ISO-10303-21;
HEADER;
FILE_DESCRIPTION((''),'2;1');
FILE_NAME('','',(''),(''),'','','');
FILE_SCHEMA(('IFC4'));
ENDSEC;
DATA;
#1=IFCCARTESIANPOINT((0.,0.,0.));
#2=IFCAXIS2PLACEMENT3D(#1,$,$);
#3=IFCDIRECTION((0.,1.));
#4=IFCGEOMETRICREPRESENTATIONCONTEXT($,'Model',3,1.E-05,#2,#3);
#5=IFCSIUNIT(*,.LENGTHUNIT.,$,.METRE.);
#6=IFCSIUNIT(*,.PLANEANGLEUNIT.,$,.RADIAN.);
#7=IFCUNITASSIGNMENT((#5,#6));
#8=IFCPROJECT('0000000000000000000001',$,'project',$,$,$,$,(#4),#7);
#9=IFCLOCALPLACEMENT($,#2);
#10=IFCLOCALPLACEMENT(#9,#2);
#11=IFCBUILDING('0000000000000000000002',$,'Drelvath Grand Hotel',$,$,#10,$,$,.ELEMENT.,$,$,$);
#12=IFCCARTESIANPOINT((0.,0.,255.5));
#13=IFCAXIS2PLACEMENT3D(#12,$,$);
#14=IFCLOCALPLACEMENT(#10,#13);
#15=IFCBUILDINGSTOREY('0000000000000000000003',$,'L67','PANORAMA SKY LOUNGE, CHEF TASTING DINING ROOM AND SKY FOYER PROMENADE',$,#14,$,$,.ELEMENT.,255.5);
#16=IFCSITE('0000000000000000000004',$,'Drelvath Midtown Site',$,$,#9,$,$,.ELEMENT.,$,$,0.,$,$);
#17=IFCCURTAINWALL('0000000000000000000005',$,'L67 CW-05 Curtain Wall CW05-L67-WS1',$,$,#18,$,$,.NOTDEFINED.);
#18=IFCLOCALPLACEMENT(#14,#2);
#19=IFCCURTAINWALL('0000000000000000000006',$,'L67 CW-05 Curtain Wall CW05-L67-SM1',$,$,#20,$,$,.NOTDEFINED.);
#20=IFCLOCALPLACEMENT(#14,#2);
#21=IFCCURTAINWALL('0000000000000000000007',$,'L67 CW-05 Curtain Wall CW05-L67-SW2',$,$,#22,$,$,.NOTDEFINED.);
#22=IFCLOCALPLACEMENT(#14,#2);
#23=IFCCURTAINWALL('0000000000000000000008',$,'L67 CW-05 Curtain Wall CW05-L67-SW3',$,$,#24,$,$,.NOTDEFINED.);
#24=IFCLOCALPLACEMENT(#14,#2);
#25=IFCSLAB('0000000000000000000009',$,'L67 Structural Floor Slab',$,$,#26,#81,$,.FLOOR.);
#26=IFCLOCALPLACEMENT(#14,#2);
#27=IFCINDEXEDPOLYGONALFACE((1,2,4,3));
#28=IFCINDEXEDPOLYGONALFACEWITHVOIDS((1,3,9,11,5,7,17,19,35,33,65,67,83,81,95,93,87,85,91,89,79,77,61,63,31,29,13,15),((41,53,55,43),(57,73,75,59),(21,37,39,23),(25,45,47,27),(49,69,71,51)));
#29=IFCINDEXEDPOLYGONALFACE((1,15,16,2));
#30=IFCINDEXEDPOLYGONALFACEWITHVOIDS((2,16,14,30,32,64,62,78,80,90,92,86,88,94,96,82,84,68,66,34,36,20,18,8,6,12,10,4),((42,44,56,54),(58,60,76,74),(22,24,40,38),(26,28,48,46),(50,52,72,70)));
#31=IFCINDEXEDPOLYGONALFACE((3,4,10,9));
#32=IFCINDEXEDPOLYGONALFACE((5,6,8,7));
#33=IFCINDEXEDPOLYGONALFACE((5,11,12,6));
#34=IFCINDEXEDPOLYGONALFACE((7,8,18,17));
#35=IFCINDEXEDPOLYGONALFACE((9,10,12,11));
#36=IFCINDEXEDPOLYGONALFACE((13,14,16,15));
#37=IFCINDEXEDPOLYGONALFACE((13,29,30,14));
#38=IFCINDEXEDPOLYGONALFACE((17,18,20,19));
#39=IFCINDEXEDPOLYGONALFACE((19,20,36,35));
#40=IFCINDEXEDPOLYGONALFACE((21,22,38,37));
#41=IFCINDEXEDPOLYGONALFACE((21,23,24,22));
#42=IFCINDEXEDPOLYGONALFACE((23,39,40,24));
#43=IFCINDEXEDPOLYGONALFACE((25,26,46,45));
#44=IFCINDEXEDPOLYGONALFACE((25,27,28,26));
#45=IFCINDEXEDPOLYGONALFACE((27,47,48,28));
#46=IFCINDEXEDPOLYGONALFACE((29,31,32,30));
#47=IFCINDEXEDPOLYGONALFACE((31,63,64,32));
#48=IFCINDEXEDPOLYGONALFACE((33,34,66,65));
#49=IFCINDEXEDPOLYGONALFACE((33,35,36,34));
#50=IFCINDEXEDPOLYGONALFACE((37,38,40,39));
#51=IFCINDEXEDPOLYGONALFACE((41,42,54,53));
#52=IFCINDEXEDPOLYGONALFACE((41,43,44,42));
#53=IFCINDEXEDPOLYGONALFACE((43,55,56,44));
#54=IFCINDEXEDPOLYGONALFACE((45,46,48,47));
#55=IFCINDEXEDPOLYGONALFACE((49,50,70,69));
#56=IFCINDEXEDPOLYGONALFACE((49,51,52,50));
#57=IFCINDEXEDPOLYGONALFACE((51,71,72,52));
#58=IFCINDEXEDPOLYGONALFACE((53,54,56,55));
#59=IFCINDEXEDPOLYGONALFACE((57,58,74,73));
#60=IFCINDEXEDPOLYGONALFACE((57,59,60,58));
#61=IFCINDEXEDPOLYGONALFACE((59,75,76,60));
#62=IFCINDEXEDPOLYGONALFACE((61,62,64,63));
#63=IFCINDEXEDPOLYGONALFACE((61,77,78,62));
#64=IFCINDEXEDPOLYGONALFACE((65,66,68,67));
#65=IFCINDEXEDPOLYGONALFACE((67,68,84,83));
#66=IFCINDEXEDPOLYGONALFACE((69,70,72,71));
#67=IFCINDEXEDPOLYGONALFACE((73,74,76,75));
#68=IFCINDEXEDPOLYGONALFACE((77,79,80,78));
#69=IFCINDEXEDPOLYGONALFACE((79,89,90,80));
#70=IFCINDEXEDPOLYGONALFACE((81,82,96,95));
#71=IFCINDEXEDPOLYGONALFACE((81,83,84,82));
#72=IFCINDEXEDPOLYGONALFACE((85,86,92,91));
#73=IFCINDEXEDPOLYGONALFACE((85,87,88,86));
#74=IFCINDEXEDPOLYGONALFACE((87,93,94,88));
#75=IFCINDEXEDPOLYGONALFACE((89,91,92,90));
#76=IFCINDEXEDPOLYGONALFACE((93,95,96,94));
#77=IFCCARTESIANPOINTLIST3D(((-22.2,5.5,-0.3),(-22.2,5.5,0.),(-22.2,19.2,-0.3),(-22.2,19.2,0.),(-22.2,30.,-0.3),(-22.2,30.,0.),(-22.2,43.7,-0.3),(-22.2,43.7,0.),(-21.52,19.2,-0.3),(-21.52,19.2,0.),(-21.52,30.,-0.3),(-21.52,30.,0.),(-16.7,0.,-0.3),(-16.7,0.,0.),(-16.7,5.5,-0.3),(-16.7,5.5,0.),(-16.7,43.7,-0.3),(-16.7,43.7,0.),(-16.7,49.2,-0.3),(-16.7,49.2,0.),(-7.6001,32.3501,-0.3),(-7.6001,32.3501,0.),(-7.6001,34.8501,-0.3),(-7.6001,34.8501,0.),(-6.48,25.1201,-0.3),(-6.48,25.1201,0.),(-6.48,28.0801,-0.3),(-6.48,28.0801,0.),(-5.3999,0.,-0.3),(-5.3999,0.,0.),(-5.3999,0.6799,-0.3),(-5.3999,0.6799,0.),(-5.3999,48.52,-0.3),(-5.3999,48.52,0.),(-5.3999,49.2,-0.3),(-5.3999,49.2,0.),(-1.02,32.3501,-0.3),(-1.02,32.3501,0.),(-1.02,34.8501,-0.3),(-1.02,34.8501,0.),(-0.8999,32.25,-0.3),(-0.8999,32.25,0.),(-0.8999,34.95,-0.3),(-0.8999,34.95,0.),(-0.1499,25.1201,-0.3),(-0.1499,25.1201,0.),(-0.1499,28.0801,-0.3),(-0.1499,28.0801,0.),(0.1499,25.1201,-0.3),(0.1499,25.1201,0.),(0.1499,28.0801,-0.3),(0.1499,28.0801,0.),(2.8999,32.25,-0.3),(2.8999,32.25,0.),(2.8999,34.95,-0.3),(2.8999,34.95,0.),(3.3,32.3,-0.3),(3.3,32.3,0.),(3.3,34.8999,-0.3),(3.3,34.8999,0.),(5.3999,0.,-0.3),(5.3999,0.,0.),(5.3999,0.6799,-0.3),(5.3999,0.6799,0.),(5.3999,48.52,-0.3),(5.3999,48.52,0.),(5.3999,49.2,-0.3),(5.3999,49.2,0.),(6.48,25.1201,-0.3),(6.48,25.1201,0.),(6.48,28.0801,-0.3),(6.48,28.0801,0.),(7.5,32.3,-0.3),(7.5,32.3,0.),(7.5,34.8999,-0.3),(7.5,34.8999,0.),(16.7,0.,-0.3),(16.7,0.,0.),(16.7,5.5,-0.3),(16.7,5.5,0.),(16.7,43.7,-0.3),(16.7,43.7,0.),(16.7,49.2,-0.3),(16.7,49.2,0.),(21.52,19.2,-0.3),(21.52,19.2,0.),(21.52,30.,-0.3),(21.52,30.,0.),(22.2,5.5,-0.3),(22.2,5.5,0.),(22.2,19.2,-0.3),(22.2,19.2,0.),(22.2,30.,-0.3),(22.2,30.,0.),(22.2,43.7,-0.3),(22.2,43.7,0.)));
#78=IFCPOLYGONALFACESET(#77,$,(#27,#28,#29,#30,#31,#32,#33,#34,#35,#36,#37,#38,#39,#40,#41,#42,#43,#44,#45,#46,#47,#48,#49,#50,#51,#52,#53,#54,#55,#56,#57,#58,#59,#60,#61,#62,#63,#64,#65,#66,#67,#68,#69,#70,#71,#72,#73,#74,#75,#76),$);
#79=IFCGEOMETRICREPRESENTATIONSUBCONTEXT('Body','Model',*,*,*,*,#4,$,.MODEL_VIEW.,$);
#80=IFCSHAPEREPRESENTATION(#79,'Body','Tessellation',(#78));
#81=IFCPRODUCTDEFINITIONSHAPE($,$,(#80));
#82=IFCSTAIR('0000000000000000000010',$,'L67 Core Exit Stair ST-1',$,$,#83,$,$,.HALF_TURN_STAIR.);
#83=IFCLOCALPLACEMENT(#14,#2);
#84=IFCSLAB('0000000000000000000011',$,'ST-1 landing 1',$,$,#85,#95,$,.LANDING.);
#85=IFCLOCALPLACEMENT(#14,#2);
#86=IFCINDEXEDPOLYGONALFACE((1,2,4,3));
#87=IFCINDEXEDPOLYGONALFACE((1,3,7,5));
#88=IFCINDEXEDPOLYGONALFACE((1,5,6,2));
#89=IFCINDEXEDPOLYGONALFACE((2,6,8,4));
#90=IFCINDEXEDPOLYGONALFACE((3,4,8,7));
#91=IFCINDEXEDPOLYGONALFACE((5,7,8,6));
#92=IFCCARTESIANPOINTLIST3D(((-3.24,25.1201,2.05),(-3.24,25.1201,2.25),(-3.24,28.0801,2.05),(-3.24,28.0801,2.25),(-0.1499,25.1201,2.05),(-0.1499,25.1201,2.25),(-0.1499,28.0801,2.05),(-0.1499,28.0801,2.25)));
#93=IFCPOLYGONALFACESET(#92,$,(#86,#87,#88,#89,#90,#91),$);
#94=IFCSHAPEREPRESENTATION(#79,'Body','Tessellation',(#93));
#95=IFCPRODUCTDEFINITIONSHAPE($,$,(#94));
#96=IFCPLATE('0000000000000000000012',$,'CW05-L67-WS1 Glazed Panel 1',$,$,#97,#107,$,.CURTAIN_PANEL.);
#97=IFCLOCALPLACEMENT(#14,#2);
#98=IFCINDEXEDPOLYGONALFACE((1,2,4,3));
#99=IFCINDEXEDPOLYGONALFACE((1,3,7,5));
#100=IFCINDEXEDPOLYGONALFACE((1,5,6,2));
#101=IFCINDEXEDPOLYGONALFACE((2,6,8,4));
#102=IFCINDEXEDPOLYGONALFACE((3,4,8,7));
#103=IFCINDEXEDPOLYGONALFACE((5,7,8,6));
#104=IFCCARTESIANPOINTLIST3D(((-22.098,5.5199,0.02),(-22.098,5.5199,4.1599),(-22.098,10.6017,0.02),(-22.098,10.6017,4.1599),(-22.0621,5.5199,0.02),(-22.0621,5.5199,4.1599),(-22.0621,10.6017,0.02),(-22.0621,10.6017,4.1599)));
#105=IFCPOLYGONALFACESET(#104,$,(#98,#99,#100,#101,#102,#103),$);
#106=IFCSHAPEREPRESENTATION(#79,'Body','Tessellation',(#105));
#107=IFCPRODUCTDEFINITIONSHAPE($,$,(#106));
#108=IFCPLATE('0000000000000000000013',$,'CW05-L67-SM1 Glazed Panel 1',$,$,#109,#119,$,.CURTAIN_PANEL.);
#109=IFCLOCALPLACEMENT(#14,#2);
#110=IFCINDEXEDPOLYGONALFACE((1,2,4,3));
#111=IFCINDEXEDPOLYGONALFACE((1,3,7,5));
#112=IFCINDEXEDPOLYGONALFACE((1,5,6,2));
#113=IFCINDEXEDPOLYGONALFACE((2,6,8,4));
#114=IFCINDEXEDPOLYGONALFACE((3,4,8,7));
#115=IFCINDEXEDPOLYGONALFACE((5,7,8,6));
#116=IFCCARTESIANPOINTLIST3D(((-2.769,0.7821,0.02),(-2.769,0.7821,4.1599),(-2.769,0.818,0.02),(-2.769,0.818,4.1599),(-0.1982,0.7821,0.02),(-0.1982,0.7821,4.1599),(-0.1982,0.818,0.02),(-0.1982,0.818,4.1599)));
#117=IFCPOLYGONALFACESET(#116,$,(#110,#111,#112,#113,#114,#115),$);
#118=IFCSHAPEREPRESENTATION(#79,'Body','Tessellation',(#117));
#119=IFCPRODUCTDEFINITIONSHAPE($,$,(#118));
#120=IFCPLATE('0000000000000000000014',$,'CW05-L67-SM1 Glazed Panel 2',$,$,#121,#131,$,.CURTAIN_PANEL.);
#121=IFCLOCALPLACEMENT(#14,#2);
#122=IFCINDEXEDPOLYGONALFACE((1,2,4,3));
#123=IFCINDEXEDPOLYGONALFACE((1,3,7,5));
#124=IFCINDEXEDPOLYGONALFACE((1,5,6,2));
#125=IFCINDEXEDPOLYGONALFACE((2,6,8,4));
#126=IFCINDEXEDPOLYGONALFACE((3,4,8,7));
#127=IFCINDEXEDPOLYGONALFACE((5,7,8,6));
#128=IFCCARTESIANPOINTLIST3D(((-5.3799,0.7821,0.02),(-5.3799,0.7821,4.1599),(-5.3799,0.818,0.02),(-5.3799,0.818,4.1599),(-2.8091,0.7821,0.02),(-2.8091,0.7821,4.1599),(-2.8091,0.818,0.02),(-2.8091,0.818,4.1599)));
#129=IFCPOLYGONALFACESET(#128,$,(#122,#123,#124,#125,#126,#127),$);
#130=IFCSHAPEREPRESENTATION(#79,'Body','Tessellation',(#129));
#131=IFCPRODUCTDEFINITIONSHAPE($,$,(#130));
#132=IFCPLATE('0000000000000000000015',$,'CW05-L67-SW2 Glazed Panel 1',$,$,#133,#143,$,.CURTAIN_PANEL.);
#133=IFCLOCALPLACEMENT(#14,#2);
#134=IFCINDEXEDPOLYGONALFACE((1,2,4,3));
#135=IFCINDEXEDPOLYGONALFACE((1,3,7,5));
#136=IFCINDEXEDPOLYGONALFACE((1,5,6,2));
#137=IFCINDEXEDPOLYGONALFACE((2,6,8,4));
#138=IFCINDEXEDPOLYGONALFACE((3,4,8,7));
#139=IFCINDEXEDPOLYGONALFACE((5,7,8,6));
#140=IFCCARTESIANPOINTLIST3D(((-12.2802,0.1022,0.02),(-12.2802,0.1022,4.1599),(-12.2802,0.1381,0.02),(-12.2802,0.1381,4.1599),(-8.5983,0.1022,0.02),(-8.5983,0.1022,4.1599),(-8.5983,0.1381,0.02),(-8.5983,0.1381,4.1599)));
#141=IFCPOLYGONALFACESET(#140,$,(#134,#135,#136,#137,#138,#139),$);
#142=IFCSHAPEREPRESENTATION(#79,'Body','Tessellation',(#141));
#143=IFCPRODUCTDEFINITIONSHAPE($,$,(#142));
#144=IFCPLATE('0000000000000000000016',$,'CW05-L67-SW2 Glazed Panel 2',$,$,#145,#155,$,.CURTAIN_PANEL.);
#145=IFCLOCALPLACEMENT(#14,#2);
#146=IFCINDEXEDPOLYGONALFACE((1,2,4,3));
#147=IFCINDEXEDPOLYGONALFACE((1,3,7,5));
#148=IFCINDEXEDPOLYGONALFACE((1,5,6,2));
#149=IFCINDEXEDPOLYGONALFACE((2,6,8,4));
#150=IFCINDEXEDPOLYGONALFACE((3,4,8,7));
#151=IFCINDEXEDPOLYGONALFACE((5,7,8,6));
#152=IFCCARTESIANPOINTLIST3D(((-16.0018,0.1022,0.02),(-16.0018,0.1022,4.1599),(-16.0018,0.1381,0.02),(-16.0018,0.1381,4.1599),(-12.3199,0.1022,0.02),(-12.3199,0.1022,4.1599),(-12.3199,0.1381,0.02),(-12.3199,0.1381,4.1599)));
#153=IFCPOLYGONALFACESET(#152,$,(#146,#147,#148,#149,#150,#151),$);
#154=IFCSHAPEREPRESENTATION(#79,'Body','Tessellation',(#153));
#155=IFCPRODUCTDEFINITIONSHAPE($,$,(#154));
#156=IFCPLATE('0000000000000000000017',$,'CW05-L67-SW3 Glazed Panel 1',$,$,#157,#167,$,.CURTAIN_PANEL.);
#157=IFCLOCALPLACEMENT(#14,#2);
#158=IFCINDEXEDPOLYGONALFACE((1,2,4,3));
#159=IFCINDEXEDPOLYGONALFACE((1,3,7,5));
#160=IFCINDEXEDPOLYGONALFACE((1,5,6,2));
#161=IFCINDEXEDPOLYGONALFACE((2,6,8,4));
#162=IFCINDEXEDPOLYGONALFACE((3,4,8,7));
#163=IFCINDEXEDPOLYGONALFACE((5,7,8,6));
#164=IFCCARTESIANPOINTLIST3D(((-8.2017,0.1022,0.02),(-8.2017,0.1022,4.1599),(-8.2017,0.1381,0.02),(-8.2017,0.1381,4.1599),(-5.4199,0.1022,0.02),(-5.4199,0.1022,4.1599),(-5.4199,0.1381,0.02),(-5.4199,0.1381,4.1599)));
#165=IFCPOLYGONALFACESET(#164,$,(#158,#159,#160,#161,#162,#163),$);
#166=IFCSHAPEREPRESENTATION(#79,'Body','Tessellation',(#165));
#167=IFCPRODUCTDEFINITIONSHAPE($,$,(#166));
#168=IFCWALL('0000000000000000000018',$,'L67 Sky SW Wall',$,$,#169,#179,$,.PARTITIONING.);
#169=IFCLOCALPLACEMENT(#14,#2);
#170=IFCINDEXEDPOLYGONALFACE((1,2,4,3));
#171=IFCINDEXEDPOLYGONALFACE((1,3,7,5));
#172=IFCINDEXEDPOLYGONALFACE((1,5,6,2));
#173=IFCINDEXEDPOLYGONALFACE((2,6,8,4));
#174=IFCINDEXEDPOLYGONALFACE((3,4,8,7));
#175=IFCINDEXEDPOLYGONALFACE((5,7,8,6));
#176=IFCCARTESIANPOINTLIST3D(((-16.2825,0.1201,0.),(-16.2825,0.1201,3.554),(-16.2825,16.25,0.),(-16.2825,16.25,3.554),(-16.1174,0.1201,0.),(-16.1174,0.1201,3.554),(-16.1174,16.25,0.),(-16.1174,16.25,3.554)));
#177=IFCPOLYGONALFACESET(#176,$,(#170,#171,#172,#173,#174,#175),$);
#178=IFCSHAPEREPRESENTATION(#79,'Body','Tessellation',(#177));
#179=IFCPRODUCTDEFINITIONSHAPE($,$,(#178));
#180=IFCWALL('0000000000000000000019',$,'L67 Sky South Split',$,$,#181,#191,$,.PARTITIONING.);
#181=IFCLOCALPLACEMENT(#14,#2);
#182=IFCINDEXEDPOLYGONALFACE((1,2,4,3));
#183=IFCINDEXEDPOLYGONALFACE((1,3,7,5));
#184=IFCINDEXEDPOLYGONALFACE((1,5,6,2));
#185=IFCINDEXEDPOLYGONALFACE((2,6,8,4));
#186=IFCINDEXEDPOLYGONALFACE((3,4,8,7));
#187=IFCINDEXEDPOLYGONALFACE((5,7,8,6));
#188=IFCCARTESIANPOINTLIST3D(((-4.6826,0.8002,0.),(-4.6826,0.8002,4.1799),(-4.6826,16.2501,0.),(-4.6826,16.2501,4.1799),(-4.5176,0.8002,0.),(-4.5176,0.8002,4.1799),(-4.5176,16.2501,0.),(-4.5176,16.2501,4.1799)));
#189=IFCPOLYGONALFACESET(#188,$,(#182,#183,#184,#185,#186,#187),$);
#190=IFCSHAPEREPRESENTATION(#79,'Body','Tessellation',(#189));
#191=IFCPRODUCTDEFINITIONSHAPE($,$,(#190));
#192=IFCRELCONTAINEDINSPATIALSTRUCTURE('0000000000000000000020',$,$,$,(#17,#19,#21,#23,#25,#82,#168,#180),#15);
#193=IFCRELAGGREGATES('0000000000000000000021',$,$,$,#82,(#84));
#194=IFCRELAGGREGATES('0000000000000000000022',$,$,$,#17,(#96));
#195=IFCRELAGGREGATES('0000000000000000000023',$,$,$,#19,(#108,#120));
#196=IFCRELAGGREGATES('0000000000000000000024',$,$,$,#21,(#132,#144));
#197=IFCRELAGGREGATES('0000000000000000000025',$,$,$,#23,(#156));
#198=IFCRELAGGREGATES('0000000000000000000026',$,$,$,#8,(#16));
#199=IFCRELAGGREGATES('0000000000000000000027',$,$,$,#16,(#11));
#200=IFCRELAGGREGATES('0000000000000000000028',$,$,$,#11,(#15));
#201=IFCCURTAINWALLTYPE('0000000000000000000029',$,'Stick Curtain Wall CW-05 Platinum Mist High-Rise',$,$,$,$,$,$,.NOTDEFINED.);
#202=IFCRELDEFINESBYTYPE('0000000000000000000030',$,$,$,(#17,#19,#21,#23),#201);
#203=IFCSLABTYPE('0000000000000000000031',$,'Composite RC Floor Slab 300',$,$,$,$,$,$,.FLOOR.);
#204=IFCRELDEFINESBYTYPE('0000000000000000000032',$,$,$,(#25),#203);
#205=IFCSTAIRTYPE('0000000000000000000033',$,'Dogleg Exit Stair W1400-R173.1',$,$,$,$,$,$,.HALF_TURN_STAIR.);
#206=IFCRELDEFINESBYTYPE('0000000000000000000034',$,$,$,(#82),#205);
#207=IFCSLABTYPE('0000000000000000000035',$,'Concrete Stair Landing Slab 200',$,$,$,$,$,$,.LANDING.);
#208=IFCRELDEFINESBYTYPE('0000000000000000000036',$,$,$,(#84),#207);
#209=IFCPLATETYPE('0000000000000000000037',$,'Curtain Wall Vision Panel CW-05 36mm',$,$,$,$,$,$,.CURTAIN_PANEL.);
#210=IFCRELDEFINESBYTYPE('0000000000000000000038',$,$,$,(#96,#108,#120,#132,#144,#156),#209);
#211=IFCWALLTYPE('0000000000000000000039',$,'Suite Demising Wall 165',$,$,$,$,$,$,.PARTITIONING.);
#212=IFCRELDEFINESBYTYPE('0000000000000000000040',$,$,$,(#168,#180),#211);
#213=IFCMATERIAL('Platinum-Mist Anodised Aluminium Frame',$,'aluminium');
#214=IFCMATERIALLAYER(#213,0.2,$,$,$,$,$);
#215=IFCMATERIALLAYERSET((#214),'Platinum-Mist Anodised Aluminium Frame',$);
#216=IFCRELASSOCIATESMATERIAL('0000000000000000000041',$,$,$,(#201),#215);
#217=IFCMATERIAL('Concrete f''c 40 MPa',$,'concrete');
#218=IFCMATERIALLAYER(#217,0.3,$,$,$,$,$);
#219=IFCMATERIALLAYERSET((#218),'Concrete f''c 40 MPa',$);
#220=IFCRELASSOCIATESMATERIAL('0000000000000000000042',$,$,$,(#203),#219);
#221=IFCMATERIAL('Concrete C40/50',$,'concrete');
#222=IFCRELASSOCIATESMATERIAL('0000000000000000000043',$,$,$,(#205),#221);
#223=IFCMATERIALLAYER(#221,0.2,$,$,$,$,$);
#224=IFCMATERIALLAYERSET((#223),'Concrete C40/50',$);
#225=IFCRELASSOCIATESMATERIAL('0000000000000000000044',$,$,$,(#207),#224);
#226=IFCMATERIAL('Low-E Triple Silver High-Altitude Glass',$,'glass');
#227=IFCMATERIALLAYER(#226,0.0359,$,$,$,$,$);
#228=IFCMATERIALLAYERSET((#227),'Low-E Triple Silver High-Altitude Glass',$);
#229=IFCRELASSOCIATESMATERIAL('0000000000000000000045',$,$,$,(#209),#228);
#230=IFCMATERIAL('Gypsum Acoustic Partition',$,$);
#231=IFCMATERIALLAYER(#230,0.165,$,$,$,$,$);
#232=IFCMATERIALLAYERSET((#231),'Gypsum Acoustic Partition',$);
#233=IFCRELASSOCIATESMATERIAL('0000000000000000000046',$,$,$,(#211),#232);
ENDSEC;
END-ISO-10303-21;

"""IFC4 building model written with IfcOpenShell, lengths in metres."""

from ifc_helpers import new_model, si_unit, direction, frame, frame_2d, origin, origin_2d, place, context, subcontext, project, spatial, polyline, rectangle, outline, extrude, material, layer, layer_set, type_object, element, aggregate, save


model = new_model("IFC4")

# Units and contexts
model_context = context("Model", 3, precision=1e-05, world=origin(), true_north=direction((0.0, 1.0)))
body_context = subcontext(model_context, "Body", "Model", "MODEL_VIEW")
ifc_project = project(units=[si_unit("LENGTHUNIT", "METRE"), si_unit("PLANEANGLEUNIT", "RADIAN")], contexts=[model_context])

# Site, building, storey
site_placement = place(None, origin())
site = spatial("IfcSite", under=ifc_project, at=site_placement, Name="Drelvath Midtown Site", CompositionType="ELEMENT", RefElevation=0.0)
building_placement = place(site_placement, origin())
building = spatial("IfcBuilding", under=site, at=building_placement, Name="Drelvath Grand Hotel", CompositionType="ELEMENT")
storey_placement = place(building_placement, frame((0.0, 0.0, 255.5)))
storey = spatial("IfcBuildingStorey", under=building, at=storey_placement, Name="L67", Description="PANORAMA SKY LOUNGE, CHEF TASTING DINING ROOM AND SKY FOYER PROMENADE", CompositionType="ELEMENT", Elevation=255.5)

# Curtain walls
ifc_material_1 = material(Name="Platinum-Mist Anodised Aluminium Frame", Category="aluminium")
ifc_layer_1 = layer(ifc_material_1, 0.2)
ifc_layer_set_1 = layer_set([ifc_layer_1], Name="Platinum-Mist Anodised Aluminium Frame")
curtain_wall_type = type_object("IfcCurtainWallType", Name="Stick Curtain Wall CW-05 Platinum Mist High-Rise", PredefinedType="NOTDEFINED", material=ifc_layer_set_1)
curtain_wall_1_placement = place(storey_placement, origin())
curtain_wall_1 = element("IfcCurtainWall", 1, at=curtain_wall_1_placement, inside=storey, type_object=curtain_wall_type, Name="L67 CW-05 Curtain Wall CW05-L67-WS1", PredefinedType="NOTDEFINED")
curtain_wall_2_placement = place(storey_placement, origin())
curtain_wall_2 = element("IfcCurtainWall", 2, at=curtain_wall_2_placement, inside=storey, type_object=curtain_wall_type, Name="L67 CW-05 Curtain Wall CW05-L67-SM1", PredefinedType="NOTDEFINED")
curtain_wall_3_placement = place(storey_placement, origin())
curtain_wall_3 = element("IfcCurtainWall", 3, at=curtain_wall_3_placement, inside=storey, type_object=curtain_wall_type, Name="L67 CW-05 Curtain Wall CW05-L67-SW2", PredefinedType="NOTDEFINED")
curtain_wall_4_placement = place(storey_placement, origin())
curtain_wall_4 = element("IfcCurtainWall", 4, at=curtain_wall_4_placement, inside=storey, type_object=curtain_wall_type, Name="L67 CW-05 Curtain Wall CW05-L67-SW3", PredefinedType="NOTDEFINED")

# Slab
ifc_material_2 = material(Name="Concrete f'c 40 MPa", Category="concrete")
ifc_layer_2 = layer(ifc_material_2, 0.3)
ifc_layer_set_2 = layer_set([ifc_layer_2], Name="Concrete f'c 40 MPa")
slab_type_1 = type_object("IfcSlabType", Name="Composite RC Floor Slab 300", PredefinedType="FLOOR", material=ifc_layer_set_2)
slab_1_placement = place(storey_placement, frame((0.0, 0.0, -0.3)))
element("IfcSlab", 5, at=slab_1_placement, inside=storey, type_object=slab_type_1, Name="L67 Structural Floor Slab", PredefinedType="FLOOR", context=body_context, shape_type="SweptSolid", body=[
    extrude(outline(polyline([(-16.7, 0.0), (-5.3999, 0.0), (-5.3999, 0.6799), (5.3999, 0.6799), (5.3999, 0.0), (16.7, 0.0), (16.7, 5.5), (22.2, 5.5), (22.2, 19.2), (21.52, 19.2), (21.52, 30.0), (22.2, 30.0), (22.2, 43.7), (16.7, 43.7), (16.7, 49.2), (5.3999, 49.2), (5.3999, 48.52), (-5.3999, 48.52), (-5.3999, 49.2), (-16.7, 49.2), (-16.7, 43.7), (-22.2, 43.7), (-22.2, 30.0), (-21.52, 30.0), (-21.52, 19.2), (-22.2, 19.2), (-22.2, 5.5), (-16.7, 5.5), (-16.7, 0.0)]), holes=[polyline([(-6.48, 25.1201), (-6.48, 28.0801), (-0.1499, 28.0801), (-0.1499, 25.1201), (-6.48, 25.1201)]), polyline([(0.1499, 25.1201), (0.1499, 28.0801), (6.48, 28.0801), (6.48, 25.1201), (0.1499, 25.1201)]), polyline([(-7.6001, 32.3501), (-7.6001, 34.8501), (-1.02, 34.8501), (-1.02, 32.3501), (-7.6001, 32.3501)]), polyline([(-0.8999, 32.25), (-0.8999, 34.95), (2.8999, 34.95), (2.8999, 32.25), (-0.8999, 32.25)]), polyline([(3.3, 32.3), (3.3, 34.8999), (7.5, 34.8999), (7.5, 32.3), (3.3, 32.3)])]), origin(), (0.0, 0.0, 1.0), 0.3),
])

# Stair, slab
ifc_material_3 = material(Name="Concrete C40/50", Category="concrete")
stair_type = type_object("IfcStairType", Name="Dogleg Exit Stair W1400-R173.1", PredefinedType="HALF_TURN_STAIR", material=ifc_material_3)
stair_placement = place(storey_placement, origin())
stair = element("IfcStair", 6, at=stair_placement, inside=storey, type_object=stair_type, Name="L67 Core Exit Stair ST-1", PredefinedType="HALF_TURN_STAIR")
ifc_layer_3 = layer(ifc_material_3, 0.2)
ifc_layer_set_3 = layer_set([ifc_layer_3], Name="Concrete C40/50")
slab_type_2 = type_object("IfcSlabType", Name="Concrete Stair Landing Slab 200", PredefinedType="LANDING", material=ifc_layer_set_3)
slab_2_placement = place(storey_placement, frame((0.0, 0.0, 2.05)))
slab_2 = element("IfcSlab", 7, at=slab_2_placement, type_object=slab_type_2, Name="ST-1 landing 1", PredefinedType="LANDING", context=body_context, shape_type="SweptSolid", body=[
    extrude(outline(polyline([(-3.24, 25.1201), (-0.1499, 25.1201), (-0.1499, 28.0801), (-3.24, 28.0801), (-3.24, 25.1201)])), origin(), (0.0, 0.0, 1.0), 0.2),
])
aggregate(stair, [slab_2])

# Plates
ifc_material_4 = material(Name="Low-E Triple Silver High-Altitude Glass", Category="glass")
ifc_layer_4 = layer(ifc_material_4, 0.0359)
ifc_layer_set_4 = layer_set([ifc_layer_4], Name="Low-E Triple Silver High-Altitude Glass")
plate_type = type_object("IfcPlateType", Name="Curtain Wall Vision Panel CW-05 36mm", PredefinedType="CURTAIN_PANEL", material=ifc_layer_set_4)
plate_1_placement = place(storey_placement, frame((-22.0801, 8.0608, 0.02), z_axis=(0.0, 0.0, 1.0), x_axis=(0.0, 1.0, 0.0)))
plate_1 = element("IfcPlate", 8, at=plate_1_placement, type_object=plate_type, Name="CW05-L67-WS1 Glazed Panel 1", PredefinedType="CURTAIN_PANEL", context=body_context, shape_type="SweptSolid", body=[
    extrude(rectangle(XDim=5.0818, YDim=0.0359, at=origin_2d()), origin(), (0.0, 0.0, 1.0), 4.1399),
])
aggregate(curtain_wall_1, [plate_1])
plate_2_placement = place(storey_placement, frame((-1.4836, 0.8, 0.02), z_axis=(0.0, 0.0, 1.0), x_axis=(-1.0, 0.0, 0.0)))
plate_2 = element("IfcPlate", 9, at=plate_2_placement, type_object=plate_type, Name="CW05-L67-SM1 Glazed Panel 1", PredefinedType="CURTAIN_PANEL", context=body_context, shape_type="SweptSolid", body=[
    extrude(rectangle(XDim=2.5708, YDim=0.0359, at=origin_2d()), origin(), (0.0, 0.0, 1.0), 4.1399),
])
plate_3_placement = place(storey_placement, frame((-4.0945, 0.8, 0.02), z_axis=(0.0, 0.0, 1.0), x_axis=(-1.0, 0.0, 0.0)))
plate_3 = element("IfcPlate", 10, at=plate_3_placement, type_object=plate_type, Name="CW05-L67-SM1 Glazed Panel 2", PredefinedType="CURTAIN_PANEL", context=body_context, shape_type="SweptSolid", body=[
    extrude(rectangle(XDim=2.5708, YDim=0.0359, at=origin_2d()), origin(), (0.0, 0.0, 1.0), 4.1399),
])
aggregate(curtain_wall_2, [plate_2, plate_3])
plate_4_placement = place(storey_placement, frame((-10.4392, 0.1201, 0.02), z_axis=(0.0, 0.0, 1.0), x_axis=(-1.0, 0.0, 0.0)))
plate_4 = element("IfcPlate", 11, at=plate_4_placement, type_object=plate_type, Name="CW05-L67-SW2 Glazed Panel 1", PredefinedType="CURTAIN_PANEL", context=body_context, shape_type="SweptSolid", body=[
    extrude(rectangle(XDim=3.6819, YDim=0.0359, at=origin_2d()), origin(), (0.0, 0.0, 1.0), 4.1399),
])
plate_5_placement = place(storey_placement, frame((-14.1609, 0.1201, 0.02), z_axis=(0.0, 0.0, 1.0), x_axis=(-1.0, 0.0, 0.0)))
plate_5 = element("IfcPlate", 12, at=plate_5_placement, type_object=plate_type, Name="CW05-L67-SW2 Glazed Panel 2", PredefinedType="CURTAIN_PANEL", context=body_context, shape_type="SweptSolid", body=[
    extrude(rectangle(XDim=3.6819, YDim=0.0359, at=origin_2d()), origin(), (0.0, 0.0, 1.0), 4.1399),
])
aggregate(curtain_wall_3, [plate_4, plate_5])
plate_6_placement = place(storey_placement, frame((-6.8108, 0.1201, 0.02), z_axis=(0.0, 0.0, 1.0), x_axis=(-1.0, 0.0, 0.0)))
plate_6 = element("IfcPlate", 13, at=plate_6_placement, type_object=plate_type, Name="CW05-L67-SW3 Glazed Panel 1", PredefinedType="CURTAIN_PANEL", context=body_context, shape_type="SweptSolid", body=[
    extrude(rectangle(XDim=2.7817, YDim=0.0359, at=origin_2d()), origin(), (0.0, 0.0, 1.0), 4.1399),
])
aggregate(curtain_wall_4, [plate_6])

# Walls
ifc_material_5 = material(Name="Gypsum Acoustic Partition")
ifc_layer_5 = layer(ifc_material_5, 0.165)
ifc_layer_set_5 = layer_set([ifc_layer_5], Name="Gypsum Acoustic Partition")
wall_type_1 = type_object("IfcWallType", Name="Suite Demising Wall 165", PredefinedType="PARTITIONING", material=ifc_layer_set_5)
wall_1_placement = place(storey_placement, frame((-16.2, 0.1201, 0.0), z_axis=(0.0, 0.0, 1.0), x_axis=(0.0, 1.0, 0.0)))
element("IfcWall", 14, at=wall_1_placement, inside=storey, type_object=wall_type_1, Name="L67 Sky SW Wall", PredefinedType="PARTITIONING", context=body_context, shape_type="SweptSolid", body=[
    extrude(rectangle(XDim=16.1299, YDim=0.165, at=frame_2d((8.0649, 0.0))), origin(), (0.0, 0.0, 1.0), 3.554),
])
wall_2_placement = place(storey_placement, frame((-4.6001, 0.8, 0.0), z_axis=(0.0, 0.0, 1.0), x_axis=(0.0, 1.0, 0.0)))
element("IfcWall", 15, at=wall_2_placement, inside=storey, type_object=wall_type_1, Name="L67 Sky South Split", PredefinedType="PARTITIONING", context=body_context, shape_type="SweptSolid", body=[
    extrude(rectangle(XDim=15.45, YDim=0.165, at=frame_2d((7.7251, 0.0))), origin(), (0.0, 0.0, 1.0), 4.1799),
])

save(model, "model.ifc")
